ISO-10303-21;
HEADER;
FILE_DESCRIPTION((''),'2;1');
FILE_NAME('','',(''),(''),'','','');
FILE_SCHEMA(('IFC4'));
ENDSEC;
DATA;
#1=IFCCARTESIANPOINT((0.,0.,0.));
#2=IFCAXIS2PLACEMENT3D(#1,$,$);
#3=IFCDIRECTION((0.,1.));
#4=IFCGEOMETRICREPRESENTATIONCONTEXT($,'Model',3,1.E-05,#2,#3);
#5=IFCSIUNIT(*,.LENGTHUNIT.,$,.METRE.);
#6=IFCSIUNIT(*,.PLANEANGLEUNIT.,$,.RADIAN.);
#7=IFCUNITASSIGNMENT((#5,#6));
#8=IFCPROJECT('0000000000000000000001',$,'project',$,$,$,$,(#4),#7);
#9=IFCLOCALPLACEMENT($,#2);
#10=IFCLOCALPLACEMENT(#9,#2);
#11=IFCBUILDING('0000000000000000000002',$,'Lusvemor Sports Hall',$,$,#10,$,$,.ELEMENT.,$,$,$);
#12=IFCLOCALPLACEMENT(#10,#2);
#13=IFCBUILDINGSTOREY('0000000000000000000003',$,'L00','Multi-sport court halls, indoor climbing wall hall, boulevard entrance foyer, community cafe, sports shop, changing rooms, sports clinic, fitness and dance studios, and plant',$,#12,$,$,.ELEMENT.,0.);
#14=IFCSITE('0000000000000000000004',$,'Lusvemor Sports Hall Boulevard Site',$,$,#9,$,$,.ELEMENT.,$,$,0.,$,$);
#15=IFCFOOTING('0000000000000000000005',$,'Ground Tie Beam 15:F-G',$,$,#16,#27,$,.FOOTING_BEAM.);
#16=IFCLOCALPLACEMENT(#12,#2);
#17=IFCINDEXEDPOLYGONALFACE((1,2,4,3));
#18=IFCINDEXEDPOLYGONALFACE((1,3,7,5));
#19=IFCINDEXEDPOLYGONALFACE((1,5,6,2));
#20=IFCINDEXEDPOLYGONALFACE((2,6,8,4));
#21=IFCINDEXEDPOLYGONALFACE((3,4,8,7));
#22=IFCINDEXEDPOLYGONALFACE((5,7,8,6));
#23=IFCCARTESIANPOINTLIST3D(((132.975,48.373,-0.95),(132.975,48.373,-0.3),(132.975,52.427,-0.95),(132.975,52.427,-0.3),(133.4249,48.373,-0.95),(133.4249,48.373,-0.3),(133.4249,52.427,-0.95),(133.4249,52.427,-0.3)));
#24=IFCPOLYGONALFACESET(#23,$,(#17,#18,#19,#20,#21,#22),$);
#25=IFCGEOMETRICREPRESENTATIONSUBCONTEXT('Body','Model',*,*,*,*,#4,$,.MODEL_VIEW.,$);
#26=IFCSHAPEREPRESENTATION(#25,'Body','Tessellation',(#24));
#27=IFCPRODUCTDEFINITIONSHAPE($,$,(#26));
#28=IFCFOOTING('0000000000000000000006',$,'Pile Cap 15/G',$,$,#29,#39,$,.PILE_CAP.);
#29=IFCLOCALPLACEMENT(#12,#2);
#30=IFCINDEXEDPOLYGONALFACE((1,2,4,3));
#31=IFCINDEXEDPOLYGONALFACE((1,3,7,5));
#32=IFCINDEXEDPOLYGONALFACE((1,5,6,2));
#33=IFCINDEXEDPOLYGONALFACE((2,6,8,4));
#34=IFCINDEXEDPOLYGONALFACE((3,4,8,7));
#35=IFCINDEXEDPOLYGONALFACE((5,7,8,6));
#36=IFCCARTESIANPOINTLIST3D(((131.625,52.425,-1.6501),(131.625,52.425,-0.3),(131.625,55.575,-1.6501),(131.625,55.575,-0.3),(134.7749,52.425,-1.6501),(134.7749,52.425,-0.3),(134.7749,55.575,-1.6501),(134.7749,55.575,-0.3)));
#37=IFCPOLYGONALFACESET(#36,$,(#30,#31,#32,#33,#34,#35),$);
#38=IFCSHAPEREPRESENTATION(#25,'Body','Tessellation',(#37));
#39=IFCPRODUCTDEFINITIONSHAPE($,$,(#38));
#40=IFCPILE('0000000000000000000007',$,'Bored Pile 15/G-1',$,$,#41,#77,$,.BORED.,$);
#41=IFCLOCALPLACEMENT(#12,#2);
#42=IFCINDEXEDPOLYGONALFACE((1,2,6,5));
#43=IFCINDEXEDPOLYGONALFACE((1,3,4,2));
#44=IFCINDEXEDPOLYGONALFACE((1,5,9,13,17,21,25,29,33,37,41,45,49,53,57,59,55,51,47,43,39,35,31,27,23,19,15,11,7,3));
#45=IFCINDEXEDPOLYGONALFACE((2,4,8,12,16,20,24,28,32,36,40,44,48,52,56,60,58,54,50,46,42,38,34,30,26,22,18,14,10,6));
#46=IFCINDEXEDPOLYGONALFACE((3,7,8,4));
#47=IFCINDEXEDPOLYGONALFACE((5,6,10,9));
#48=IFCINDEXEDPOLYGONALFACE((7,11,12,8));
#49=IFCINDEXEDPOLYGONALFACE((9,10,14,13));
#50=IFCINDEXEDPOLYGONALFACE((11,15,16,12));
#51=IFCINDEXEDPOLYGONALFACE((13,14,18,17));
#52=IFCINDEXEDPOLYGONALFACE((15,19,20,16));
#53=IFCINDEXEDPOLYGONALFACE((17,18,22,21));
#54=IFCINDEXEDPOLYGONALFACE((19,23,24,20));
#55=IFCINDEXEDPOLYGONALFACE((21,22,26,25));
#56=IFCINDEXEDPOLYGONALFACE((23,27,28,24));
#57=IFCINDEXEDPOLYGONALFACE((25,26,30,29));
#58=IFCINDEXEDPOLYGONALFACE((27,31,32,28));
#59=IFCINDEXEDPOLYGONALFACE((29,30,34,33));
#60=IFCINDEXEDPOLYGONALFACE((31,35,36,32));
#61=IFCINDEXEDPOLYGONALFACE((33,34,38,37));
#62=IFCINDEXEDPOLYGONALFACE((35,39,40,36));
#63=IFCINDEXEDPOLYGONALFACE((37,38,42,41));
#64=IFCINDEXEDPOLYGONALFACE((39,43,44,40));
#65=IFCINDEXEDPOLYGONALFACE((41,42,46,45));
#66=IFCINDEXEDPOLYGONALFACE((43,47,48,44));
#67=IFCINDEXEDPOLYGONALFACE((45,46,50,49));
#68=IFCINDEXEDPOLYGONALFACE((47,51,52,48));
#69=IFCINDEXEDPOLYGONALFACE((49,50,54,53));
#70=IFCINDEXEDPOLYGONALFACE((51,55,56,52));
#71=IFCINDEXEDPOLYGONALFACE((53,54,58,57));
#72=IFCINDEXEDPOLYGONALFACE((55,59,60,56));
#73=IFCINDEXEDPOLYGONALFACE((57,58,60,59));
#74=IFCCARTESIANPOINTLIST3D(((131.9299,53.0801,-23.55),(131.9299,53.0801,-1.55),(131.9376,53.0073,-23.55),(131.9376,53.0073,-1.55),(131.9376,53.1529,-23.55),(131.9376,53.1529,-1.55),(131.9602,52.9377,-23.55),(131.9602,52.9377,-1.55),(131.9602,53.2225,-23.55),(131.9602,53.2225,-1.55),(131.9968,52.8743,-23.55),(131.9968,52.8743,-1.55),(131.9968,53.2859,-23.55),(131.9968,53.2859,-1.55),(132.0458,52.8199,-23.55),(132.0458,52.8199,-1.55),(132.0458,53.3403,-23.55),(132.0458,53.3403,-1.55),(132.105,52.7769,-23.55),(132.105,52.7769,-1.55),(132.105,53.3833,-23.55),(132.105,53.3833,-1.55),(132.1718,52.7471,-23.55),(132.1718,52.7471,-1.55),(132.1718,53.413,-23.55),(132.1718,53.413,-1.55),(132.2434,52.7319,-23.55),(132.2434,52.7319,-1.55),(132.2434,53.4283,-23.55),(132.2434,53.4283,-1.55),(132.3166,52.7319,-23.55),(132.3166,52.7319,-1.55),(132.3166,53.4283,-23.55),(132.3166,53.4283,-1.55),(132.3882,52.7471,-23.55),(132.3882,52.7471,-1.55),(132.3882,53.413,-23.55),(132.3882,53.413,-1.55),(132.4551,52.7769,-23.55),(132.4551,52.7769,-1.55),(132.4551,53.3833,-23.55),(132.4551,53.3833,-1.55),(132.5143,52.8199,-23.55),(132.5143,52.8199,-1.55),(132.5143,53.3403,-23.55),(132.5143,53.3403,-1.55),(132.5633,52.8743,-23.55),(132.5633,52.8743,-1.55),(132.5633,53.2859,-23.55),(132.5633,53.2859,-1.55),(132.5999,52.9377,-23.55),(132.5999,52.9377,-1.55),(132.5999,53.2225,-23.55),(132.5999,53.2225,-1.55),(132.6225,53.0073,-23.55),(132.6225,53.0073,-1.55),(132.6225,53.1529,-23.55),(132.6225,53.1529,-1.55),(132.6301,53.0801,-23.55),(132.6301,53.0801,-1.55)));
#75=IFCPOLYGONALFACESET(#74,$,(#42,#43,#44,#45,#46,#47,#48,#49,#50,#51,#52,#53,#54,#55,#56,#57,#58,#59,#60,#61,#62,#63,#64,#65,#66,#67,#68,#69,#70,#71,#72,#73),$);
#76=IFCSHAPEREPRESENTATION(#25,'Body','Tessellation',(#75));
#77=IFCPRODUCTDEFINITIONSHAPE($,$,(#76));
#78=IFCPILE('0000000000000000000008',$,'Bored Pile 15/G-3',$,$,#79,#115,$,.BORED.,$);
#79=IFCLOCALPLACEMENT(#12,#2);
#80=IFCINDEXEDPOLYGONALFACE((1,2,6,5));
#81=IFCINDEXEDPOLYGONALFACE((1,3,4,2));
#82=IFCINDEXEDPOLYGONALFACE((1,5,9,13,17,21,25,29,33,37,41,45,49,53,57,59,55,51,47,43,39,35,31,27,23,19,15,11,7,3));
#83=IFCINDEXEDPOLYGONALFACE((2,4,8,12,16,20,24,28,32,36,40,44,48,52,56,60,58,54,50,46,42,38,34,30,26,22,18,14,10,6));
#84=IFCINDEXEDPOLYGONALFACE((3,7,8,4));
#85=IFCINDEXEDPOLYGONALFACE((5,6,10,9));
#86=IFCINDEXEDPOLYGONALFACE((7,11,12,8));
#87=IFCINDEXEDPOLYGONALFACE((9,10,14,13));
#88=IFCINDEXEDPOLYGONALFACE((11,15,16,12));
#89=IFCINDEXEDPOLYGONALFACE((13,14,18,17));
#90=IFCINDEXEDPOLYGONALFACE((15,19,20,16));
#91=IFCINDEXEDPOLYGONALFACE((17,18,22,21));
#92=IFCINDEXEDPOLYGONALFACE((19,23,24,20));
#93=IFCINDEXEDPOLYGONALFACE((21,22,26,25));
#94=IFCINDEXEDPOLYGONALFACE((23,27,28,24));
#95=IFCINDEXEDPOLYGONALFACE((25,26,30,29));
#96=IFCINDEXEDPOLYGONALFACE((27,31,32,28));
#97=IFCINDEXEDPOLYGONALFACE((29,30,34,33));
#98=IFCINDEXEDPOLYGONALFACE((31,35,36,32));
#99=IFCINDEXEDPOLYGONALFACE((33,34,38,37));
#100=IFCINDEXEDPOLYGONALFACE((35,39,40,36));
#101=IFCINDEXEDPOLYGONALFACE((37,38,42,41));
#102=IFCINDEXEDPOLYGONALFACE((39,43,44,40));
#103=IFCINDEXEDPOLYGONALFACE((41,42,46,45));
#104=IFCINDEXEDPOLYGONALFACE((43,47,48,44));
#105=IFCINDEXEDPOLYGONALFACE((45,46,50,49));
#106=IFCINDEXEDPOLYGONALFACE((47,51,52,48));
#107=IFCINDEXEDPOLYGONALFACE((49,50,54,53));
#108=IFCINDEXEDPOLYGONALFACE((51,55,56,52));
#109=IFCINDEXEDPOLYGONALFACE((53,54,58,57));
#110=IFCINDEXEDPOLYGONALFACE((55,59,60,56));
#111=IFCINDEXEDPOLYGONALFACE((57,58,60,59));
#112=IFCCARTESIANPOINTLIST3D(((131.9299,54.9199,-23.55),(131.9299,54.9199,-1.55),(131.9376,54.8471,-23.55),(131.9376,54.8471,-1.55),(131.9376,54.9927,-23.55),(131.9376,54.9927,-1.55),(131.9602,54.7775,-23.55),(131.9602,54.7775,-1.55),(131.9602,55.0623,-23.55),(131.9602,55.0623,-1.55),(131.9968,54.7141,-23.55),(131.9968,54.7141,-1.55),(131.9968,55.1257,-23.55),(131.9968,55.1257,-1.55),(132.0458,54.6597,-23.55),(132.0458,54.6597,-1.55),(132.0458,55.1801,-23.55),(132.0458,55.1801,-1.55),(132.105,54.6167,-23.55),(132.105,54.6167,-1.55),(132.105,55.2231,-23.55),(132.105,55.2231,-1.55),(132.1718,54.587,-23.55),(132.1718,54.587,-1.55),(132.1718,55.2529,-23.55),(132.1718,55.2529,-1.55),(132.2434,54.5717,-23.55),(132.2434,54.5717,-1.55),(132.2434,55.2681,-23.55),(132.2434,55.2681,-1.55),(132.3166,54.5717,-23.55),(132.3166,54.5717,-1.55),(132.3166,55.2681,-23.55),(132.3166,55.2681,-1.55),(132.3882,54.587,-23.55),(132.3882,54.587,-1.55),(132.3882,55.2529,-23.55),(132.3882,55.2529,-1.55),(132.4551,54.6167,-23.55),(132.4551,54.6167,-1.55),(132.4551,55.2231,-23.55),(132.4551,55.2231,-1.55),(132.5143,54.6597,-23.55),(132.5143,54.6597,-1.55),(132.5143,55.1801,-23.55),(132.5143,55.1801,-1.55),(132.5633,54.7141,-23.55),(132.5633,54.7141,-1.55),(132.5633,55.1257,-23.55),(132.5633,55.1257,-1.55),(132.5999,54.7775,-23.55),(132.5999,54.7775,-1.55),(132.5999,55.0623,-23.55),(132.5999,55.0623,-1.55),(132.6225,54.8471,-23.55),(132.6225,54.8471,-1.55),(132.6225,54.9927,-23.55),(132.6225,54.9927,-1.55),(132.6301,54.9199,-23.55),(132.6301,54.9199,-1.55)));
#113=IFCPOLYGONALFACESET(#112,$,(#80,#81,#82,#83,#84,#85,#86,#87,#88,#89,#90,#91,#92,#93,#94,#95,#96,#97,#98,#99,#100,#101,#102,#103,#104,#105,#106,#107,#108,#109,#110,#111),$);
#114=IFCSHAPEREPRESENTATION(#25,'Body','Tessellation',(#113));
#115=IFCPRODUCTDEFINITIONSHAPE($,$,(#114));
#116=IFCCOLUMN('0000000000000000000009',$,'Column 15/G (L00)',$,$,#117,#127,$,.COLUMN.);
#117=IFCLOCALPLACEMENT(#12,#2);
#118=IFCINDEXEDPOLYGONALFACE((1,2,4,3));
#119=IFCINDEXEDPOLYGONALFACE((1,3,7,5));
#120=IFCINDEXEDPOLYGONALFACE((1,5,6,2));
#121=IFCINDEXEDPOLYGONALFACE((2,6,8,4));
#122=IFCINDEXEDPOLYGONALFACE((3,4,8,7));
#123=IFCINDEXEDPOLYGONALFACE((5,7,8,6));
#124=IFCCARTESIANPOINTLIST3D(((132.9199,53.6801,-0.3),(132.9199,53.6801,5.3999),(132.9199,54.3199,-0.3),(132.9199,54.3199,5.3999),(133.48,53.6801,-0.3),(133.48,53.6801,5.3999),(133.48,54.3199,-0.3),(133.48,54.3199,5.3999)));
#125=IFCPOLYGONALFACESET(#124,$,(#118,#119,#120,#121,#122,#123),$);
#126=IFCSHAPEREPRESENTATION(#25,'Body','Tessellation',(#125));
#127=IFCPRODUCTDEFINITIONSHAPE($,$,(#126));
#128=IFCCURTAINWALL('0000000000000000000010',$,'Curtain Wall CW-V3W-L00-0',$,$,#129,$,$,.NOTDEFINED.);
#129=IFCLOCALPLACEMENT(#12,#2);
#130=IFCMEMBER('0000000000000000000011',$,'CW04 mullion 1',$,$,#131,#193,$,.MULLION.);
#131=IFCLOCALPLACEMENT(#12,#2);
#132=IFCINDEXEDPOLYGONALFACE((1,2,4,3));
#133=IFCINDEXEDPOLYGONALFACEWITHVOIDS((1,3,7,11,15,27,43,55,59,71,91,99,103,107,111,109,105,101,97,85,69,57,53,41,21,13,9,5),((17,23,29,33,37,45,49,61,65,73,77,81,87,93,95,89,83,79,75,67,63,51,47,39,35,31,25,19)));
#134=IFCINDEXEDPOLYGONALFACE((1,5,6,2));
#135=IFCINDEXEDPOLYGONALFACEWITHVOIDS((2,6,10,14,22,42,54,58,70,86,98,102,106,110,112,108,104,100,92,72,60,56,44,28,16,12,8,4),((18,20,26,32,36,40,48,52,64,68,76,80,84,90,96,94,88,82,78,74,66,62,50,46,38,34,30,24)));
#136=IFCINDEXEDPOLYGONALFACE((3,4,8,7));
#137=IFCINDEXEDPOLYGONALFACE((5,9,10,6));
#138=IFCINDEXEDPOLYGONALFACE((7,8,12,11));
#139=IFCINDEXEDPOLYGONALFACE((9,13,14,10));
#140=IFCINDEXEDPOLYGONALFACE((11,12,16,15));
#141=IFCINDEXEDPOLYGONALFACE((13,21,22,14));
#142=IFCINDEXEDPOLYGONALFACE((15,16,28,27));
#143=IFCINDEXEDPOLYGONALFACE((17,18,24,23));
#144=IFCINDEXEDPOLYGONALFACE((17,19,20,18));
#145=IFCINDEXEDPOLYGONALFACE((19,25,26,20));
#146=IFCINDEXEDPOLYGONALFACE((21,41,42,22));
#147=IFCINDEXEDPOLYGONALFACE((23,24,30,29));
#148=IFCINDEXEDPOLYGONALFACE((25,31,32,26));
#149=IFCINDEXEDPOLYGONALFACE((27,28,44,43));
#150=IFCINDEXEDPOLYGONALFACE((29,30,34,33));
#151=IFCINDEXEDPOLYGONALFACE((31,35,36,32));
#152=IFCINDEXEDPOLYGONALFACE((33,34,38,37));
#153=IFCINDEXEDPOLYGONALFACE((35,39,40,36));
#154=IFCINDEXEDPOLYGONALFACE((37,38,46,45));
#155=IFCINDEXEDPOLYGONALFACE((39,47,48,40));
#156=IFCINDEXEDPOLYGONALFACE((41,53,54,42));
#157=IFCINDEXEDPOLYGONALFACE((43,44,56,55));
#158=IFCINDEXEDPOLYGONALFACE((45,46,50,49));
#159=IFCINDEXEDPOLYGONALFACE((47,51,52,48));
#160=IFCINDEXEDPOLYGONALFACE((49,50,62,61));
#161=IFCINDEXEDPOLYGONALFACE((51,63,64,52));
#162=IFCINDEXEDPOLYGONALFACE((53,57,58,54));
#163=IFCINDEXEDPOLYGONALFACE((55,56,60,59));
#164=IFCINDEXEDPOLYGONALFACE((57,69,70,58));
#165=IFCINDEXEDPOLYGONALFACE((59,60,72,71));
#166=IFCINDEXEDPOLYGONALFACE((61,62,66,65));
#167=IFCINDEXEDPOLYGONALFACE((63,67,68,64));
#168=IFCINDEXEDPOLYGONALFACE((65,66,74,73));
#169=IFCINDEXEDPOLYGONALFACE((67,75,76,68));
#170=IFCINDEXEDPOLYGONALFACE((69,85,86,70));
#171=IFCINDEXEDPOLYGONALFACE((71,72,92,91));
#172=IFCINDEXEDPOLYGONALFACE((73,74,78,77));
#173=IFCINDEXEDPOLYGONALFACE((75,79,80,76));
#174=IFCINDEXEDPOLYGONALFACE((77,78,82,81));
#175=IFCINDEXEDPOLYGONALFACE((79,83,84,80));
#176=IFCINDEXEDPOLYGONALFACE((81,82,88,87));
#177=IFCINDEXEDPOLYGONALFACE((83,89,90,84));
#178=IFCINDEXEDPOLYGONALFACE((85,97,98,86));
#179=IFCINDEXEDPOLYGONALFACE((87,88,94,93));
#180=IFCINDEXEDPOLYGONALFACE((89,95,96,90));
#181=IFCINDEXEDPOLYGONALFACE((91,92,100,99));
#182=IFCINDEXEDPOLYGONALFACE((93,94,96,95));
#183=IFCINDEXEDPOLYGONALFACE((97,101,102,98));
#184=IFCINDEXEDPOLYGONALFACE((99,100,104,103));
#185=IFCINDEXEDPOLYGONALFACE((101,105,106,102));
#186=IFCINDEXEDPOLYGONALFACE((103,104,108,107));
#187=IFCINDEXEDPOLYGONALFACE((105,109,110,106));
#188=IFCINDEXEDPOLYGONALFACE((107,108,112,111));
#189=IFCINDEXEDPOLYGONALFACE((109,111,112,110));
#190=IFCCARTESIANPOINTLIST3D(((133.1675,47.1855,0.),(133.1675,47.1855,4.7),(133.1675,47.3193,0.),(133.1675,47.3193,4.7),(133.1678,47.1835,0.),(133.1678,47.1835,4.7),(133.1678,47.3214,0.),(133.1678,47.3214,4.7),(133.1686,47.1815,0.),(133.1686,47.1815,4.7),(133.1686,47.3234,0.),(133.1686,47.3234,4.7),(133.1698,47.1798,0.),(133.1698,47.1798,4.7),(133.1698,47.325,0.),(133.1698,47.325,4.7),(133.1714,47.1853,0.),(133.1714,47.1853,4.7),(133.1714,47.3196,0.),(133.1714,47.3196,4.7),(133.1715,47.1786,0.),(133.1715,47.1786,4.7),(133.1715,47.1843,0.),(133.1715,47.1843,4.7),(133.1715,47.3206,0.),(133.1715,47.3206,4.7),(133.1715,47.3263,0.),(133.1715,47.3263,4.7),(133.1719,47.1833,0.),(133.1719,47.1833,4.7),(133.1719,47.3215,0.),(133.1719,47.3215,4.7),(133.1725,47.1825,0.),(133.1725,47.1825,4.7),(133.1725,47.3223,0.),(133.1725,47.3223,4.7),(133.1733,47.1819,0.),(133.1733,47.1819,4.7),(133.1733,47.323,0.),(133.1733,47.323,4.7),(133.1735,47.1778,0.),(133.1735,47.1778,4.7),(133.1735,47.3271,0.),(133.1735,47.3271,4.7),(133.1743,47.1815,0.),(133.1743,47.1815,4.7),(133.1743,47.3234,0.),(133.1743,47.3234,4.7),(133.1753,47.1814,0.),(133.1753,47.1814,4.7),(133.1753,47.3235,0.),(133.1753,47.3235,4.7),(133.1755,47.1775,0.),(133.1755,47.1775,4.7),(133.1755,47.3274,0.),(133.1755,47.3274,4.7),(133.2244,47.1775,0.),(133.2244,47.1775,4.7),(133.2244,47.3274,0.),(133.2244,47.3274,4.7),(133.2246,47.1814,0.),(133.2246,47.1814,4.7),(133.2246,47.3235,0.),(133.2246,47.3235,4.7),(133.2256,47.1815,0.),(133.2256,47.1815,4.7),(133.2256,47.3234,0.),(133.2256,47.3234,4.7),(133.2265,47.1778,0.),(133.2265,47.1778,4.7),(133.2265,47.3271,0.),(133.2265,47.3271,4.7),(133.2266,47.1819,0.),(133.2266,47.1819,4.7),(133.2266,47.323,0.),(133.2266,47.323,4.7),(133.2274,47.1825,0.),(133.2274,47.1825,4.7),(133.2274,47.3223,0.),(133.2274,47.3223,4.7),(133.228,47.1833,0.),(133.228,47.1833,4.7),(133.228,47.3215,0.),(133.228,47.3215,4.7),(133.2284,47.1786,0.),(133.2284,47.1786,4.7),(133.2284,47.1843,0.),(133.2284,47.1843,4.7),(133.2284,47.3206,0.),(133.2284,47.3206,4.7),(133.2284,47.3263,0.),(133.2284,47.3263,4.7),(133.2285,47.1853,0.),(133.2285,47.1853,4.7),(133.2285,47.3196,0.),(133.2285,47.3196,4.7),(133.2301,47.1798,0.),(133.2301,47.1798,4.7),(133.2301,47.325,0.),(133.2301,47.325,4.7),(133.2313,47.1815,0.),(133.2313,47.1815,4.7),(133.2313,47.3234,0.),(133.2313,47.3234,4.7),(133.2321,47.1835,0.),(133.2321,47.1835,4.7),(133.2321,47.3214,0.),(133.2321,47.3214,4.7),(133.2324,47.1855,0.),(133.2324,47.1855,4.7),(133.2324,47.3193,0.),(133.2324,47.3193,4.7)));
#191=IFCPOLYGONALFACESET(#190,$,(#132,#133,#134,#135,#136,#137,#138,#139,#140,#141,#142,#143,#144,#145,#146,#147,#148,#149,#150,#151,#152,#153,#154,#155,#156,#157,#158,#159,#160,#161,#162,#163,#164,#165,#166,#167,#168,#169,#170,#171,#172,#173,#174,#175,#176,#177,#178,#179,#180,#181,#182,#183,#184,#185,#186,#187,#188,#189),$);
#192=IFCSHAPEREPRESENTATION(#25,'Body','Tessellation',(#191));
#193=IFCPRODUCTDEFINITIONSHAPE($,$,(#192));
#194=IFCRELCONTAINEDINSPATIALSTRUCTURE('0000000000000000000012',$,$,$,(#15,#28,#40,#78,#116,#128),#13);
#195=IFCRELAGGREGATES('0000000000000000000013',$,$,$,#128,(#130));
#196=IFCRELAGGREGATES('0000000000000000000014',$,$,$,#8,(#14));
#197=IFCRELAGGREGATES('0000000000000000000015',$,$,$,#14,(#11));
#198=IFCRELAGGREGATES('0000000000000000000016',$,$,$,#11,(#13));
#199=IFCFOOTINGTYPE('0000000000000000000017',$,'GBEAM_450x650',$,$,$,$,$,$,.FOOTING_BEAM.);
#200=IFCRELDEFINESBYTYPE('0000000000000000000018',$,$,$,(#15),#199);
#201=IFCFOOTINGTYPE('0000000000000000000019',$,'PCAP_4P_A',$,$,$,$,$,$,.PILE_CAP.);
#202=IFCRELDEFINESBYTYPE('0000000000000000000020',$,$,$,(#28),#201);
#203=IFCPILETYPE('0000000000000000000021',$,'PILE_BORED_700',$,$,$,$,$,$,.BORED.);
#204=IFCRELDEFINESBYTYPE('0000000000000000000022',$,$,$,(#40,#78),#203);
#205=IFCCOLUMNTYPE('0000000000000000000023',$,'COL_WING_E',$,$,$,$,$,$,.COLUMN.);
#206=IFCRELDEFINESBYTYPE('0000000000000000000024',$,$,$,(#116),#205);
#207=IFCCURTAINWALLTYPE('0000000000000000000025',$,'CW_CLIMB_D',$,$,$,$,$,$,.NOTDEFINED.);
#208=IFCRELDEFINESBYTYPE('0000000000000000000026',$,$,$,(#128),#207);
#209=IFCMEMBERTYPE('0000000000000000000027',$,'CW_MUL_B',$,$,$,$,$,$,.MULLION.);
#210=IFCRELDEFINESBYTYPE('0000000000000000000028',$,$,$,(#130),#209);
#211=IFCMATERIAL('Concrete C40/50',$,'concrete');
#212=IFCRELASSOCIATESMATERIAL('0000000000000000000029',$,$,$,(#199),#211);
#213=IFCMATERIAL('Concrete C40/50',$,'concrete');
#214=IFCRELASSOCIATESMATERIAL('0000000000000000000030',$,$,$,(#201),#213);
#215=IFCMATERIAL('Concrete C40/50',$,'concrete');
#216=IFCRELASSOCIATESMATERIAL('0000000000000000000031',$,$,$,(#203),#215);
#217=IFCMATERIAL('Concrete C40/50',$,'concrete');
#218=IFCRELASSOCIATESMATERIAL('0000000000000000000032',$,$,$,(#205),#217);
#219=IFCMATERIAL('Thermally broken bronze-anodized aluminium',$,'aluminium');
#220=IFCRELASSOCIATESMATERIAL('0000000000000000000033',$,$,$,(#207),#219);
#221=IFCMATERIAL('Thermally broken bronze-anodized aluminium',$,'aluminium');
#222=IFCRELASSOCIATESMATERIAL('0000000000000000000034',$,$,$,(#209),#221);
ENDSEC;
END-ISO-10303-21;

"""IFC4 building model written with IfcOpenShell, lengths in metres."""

from ifc_helpers import new_model, si_unit, direction, frame, origin, origin_2d, place, context, subcontext, project, spatial, rectangle, hollow_rectangle, circle, extrude, material, material_profile, profile_set, type_object, element, aggregate, save


model = new_model("IFC4")

# Units and contexts
model_context = context("Model", 3, precision=1e-05, world=origin(), true_north=direction((0.0, 1.0)))
body_context = subcontext(model_context, "Body", "Model", "MODEL_VIEW")
ifc_project = project(units=[si_unit("LENGTHUNIT", "METRE"), si_unit("PLANEANGLEUNIT", "RADIAN")], contexts=[model_context])

# Site, building, storey
site_placement = place(None, origin())
site = spatial("IfcSite", under=ifc_project, at=site_placement, Name="Lusvemor Sports Hall Boulevard Site", CompositionType="ELEMENT", RefElevation=0.0)
building_placement = place(site_placement, origin())
building = spatial("IfcBuilding", under=site, at=building_placement, Name="Lusvemor Sports Hall", CompositionType="ELEMENT")
storey_placement = place(building_placement, origin())
storey = spatial("IfcBuildingStorey", under=building, at=storey_placement, Name="L00", Description="Multi-sport court halls, indoor climbing wall hall, boulevard entrance foyer, community cafe, sports shop, changing rooms, sports clinic, fitness and dance studios, and plant", CompositionType="ELEMENT", Elevation=0.0)

# Footings
ifc_material_1 = material(Name="Concrete C40/50", Category="concrete")
ifc_material_profile_1 = material_profile(ifc_material_1, rectangle(XDim=0.45, YDim=0.6499, at=origin_2d()), Name="GB_450x650")
ifc_profile_set_1 = profile_set([ifc_material_profile_1], Name="Concrete C40/50")
footing_type_1 = type_object("IfcFootingType", Name="GBEAM_450x650", PredefinedType="FOOTING_BEAM", material=ifc_profile_set_1)
footing_1_placement = place(storey_placement, frame((133.2, 48.373, -0.625), z_axis=(0.0, 1.0, 0.0), x_axis=(-1.0, 0.0, 0.0)))
element("IfcFooting", 1, at=footing_1_placement, inside=storey, type_object=footing_type_1, Name="Ground Tie Beam 15:F-G", PredefinedType="FOOTING_BEAM", context=body_context, shape_type="SweptSolid", body=[
    extrude(rectangle(XDim=0.45, YDim=0.6499, at=origin_2d()), origin(), (0.0, 0.0, 1.0), 4.054),
])
ifc_material_2 = material(Name="Concrete C40/50", Category="concrete")
footing_type_2 = type_object("IfcFootingType", Name="PCAP_4P_A", PredefinedType="PILE_CAP", material=ifc_material_2)
footing_2_placement = place(storey_placement, frame((133.2, 54.0, -1.6501), z_axis=(0.0, 0.0, 1.0), x_axis=(1.0, 0.0, 0.0)))
element("IfcFooting", 2, at=footing_2_placement, inside=storey, type_object=footing_type_2, Name="Pile Cap 15/G", PredefinedType="PILE_CAP", context=body_context, shape_type="SweptSolid", body=[
    extrude(rectangle(XDim=3.1499, YDim=3.1499, at=origin_2d()), origin(), (0.0, 0.0, 1.0), 1.3501),
])

# Piles
ifc_material_3 = material(Name="Concrete C40/50", Category="concrete")
ifc_material_profile_2 = material_profile(ifc_material_3, circle(Radius=0.3501, at=origin_2d()), Name="PILE700")
ifc_profile_set_2 = profile_set([ifc_material_profile_2], Name="Concrete C40/50")
pile_type = type_object("IfcPileType", Name="PILE_BORED_700", PredefinedType="BORED", material=ifc_profile_set_2)
for number, where, z_axis, x_axis, name in (
    (3, (132.28, 53.0801, -1.55), (0.0, 0.0, -1.0), (1.0, 0.0, 0.0), "Bored Pile 15/G-1"),
    (4, (132.28, 54.9199, -1.55), (0.0, 0.0, -1.0), (1.0, 0.0, 0.0), "Bored Pile 15/G-3"),
):
    element("IfcPile", number, at=place(storey_placement, frame(where, z_axis=z_axis, x_axis=x_axis)), inside=storey, type_object=pile_type, Name=name, PredefinedType="BORED", context=body_context, shape_type="SweptSolid", body=[
        extrude(circle(Radius=0.3501, at=origin_2d()), origin(), (0.0, 0.0, 1.0), 22.0),
    ])

# Column
ifc_material_4 = material(Name="Concrete C40/50", Category="concrete")
ifc_material_profile_3 = material_profile(ifc_material_4, rectangle(XDim=0.5601, YDim=0.6399, at=origin_2d()), Name="RC560x640")
ifc_profile_set_3 = profile_set([ifc_material_profile_3], Name="Concrete C40/50")
column_type = type_object("IfcColumnType", Name="COL_WING_E", PredefinedType="COLUMN", material=ifc_profile_set_3)
column_placement = place(storey_placement, frame((133.2, 54.0, -0.3), z_axis=(0.0, 0.0, 1.0), x_axis=(1.0, 0.0, 0.0)))
element("IfcColumn", 5, at=column_placement, inside=storey, type_object=column_type, Name="Column 15/G (L00)", PredefinedType="COLUMN", context=body_context, shape_type="SweptSolid", body=[
    extrude(rectangle(XDim=0.5601, YDim=0.6399, at=origin_2d()), origin(), (0.0, 0.0, 1.0), 5.7),
])

# Curtain wall, member
ifc_material_5 = material(Name="Thermally broken bronze-anodized aluminium", Category="aluminium")
curtain_wall_type = type_object("IfcCurtainWallType", Name="CW_CLIMB_D", PredefinedType="NOTDEFINED", material=ifc_material_5)
curtain_wall_placement = place(storey_placement, origin())
curtain_wall = element("IfcCurtainWall", 6, at=curtain_wall_placement, inside=storey, type_object=curtain_wall_type, Name="Curtain Wall CW-V3W-L00-0", PredefinedType="NOTDEFINED")
ifc_material_6 = material(Name="Thermally broken bronze-anodized aluminium", Category="aluminium")
ifc_material_profile_4 = material_profile(ifc_material_6, hollow_rectangle(XDim=0.0649, YDim=0.1499, WallThickness=0.0039, InnerFilletRadius=0.0039, OuterFilletRadius=0.0081, at=origin_2d()), Name="CWMUL150x65x4")
ifc_profile_set_4 = profile_set([ifc_material_profile_4], Name="Thermally broken bronze-anodized aluminium")
member_type_1 = type_object("IfcMemberType", Name="CW_MUL_B", PredefinedType="MULLION", material=ifc_profile_set_4)
member_1_placement = place(storey_placement, frame((133.2, 47.2524, 0.0), z_axis=(0.0, 0.0, 1.0), x_axis=(-1.0, 0.0, 0.0)))
member_1 = element("IfcMember", 7, at=member_1_placement, type_object=member_type_1, Name="CW04 mullion 1", PredefinedType="MULLION", context=body_context, shape_type="SweptSolid", body=[
    extrude(hollow_rectangle(XDim=0.0649, YDim=0.1499, WallThickness=0.0039, InnerFilletRadius=0.0039, OuterFilletRadius=0.0081, at=origin_2d()), origin(), (0.0, 0.0, 1.0), 4.7),
])
aggregate(curtain_wall, [member_1])

save(model, "model.ifc")
